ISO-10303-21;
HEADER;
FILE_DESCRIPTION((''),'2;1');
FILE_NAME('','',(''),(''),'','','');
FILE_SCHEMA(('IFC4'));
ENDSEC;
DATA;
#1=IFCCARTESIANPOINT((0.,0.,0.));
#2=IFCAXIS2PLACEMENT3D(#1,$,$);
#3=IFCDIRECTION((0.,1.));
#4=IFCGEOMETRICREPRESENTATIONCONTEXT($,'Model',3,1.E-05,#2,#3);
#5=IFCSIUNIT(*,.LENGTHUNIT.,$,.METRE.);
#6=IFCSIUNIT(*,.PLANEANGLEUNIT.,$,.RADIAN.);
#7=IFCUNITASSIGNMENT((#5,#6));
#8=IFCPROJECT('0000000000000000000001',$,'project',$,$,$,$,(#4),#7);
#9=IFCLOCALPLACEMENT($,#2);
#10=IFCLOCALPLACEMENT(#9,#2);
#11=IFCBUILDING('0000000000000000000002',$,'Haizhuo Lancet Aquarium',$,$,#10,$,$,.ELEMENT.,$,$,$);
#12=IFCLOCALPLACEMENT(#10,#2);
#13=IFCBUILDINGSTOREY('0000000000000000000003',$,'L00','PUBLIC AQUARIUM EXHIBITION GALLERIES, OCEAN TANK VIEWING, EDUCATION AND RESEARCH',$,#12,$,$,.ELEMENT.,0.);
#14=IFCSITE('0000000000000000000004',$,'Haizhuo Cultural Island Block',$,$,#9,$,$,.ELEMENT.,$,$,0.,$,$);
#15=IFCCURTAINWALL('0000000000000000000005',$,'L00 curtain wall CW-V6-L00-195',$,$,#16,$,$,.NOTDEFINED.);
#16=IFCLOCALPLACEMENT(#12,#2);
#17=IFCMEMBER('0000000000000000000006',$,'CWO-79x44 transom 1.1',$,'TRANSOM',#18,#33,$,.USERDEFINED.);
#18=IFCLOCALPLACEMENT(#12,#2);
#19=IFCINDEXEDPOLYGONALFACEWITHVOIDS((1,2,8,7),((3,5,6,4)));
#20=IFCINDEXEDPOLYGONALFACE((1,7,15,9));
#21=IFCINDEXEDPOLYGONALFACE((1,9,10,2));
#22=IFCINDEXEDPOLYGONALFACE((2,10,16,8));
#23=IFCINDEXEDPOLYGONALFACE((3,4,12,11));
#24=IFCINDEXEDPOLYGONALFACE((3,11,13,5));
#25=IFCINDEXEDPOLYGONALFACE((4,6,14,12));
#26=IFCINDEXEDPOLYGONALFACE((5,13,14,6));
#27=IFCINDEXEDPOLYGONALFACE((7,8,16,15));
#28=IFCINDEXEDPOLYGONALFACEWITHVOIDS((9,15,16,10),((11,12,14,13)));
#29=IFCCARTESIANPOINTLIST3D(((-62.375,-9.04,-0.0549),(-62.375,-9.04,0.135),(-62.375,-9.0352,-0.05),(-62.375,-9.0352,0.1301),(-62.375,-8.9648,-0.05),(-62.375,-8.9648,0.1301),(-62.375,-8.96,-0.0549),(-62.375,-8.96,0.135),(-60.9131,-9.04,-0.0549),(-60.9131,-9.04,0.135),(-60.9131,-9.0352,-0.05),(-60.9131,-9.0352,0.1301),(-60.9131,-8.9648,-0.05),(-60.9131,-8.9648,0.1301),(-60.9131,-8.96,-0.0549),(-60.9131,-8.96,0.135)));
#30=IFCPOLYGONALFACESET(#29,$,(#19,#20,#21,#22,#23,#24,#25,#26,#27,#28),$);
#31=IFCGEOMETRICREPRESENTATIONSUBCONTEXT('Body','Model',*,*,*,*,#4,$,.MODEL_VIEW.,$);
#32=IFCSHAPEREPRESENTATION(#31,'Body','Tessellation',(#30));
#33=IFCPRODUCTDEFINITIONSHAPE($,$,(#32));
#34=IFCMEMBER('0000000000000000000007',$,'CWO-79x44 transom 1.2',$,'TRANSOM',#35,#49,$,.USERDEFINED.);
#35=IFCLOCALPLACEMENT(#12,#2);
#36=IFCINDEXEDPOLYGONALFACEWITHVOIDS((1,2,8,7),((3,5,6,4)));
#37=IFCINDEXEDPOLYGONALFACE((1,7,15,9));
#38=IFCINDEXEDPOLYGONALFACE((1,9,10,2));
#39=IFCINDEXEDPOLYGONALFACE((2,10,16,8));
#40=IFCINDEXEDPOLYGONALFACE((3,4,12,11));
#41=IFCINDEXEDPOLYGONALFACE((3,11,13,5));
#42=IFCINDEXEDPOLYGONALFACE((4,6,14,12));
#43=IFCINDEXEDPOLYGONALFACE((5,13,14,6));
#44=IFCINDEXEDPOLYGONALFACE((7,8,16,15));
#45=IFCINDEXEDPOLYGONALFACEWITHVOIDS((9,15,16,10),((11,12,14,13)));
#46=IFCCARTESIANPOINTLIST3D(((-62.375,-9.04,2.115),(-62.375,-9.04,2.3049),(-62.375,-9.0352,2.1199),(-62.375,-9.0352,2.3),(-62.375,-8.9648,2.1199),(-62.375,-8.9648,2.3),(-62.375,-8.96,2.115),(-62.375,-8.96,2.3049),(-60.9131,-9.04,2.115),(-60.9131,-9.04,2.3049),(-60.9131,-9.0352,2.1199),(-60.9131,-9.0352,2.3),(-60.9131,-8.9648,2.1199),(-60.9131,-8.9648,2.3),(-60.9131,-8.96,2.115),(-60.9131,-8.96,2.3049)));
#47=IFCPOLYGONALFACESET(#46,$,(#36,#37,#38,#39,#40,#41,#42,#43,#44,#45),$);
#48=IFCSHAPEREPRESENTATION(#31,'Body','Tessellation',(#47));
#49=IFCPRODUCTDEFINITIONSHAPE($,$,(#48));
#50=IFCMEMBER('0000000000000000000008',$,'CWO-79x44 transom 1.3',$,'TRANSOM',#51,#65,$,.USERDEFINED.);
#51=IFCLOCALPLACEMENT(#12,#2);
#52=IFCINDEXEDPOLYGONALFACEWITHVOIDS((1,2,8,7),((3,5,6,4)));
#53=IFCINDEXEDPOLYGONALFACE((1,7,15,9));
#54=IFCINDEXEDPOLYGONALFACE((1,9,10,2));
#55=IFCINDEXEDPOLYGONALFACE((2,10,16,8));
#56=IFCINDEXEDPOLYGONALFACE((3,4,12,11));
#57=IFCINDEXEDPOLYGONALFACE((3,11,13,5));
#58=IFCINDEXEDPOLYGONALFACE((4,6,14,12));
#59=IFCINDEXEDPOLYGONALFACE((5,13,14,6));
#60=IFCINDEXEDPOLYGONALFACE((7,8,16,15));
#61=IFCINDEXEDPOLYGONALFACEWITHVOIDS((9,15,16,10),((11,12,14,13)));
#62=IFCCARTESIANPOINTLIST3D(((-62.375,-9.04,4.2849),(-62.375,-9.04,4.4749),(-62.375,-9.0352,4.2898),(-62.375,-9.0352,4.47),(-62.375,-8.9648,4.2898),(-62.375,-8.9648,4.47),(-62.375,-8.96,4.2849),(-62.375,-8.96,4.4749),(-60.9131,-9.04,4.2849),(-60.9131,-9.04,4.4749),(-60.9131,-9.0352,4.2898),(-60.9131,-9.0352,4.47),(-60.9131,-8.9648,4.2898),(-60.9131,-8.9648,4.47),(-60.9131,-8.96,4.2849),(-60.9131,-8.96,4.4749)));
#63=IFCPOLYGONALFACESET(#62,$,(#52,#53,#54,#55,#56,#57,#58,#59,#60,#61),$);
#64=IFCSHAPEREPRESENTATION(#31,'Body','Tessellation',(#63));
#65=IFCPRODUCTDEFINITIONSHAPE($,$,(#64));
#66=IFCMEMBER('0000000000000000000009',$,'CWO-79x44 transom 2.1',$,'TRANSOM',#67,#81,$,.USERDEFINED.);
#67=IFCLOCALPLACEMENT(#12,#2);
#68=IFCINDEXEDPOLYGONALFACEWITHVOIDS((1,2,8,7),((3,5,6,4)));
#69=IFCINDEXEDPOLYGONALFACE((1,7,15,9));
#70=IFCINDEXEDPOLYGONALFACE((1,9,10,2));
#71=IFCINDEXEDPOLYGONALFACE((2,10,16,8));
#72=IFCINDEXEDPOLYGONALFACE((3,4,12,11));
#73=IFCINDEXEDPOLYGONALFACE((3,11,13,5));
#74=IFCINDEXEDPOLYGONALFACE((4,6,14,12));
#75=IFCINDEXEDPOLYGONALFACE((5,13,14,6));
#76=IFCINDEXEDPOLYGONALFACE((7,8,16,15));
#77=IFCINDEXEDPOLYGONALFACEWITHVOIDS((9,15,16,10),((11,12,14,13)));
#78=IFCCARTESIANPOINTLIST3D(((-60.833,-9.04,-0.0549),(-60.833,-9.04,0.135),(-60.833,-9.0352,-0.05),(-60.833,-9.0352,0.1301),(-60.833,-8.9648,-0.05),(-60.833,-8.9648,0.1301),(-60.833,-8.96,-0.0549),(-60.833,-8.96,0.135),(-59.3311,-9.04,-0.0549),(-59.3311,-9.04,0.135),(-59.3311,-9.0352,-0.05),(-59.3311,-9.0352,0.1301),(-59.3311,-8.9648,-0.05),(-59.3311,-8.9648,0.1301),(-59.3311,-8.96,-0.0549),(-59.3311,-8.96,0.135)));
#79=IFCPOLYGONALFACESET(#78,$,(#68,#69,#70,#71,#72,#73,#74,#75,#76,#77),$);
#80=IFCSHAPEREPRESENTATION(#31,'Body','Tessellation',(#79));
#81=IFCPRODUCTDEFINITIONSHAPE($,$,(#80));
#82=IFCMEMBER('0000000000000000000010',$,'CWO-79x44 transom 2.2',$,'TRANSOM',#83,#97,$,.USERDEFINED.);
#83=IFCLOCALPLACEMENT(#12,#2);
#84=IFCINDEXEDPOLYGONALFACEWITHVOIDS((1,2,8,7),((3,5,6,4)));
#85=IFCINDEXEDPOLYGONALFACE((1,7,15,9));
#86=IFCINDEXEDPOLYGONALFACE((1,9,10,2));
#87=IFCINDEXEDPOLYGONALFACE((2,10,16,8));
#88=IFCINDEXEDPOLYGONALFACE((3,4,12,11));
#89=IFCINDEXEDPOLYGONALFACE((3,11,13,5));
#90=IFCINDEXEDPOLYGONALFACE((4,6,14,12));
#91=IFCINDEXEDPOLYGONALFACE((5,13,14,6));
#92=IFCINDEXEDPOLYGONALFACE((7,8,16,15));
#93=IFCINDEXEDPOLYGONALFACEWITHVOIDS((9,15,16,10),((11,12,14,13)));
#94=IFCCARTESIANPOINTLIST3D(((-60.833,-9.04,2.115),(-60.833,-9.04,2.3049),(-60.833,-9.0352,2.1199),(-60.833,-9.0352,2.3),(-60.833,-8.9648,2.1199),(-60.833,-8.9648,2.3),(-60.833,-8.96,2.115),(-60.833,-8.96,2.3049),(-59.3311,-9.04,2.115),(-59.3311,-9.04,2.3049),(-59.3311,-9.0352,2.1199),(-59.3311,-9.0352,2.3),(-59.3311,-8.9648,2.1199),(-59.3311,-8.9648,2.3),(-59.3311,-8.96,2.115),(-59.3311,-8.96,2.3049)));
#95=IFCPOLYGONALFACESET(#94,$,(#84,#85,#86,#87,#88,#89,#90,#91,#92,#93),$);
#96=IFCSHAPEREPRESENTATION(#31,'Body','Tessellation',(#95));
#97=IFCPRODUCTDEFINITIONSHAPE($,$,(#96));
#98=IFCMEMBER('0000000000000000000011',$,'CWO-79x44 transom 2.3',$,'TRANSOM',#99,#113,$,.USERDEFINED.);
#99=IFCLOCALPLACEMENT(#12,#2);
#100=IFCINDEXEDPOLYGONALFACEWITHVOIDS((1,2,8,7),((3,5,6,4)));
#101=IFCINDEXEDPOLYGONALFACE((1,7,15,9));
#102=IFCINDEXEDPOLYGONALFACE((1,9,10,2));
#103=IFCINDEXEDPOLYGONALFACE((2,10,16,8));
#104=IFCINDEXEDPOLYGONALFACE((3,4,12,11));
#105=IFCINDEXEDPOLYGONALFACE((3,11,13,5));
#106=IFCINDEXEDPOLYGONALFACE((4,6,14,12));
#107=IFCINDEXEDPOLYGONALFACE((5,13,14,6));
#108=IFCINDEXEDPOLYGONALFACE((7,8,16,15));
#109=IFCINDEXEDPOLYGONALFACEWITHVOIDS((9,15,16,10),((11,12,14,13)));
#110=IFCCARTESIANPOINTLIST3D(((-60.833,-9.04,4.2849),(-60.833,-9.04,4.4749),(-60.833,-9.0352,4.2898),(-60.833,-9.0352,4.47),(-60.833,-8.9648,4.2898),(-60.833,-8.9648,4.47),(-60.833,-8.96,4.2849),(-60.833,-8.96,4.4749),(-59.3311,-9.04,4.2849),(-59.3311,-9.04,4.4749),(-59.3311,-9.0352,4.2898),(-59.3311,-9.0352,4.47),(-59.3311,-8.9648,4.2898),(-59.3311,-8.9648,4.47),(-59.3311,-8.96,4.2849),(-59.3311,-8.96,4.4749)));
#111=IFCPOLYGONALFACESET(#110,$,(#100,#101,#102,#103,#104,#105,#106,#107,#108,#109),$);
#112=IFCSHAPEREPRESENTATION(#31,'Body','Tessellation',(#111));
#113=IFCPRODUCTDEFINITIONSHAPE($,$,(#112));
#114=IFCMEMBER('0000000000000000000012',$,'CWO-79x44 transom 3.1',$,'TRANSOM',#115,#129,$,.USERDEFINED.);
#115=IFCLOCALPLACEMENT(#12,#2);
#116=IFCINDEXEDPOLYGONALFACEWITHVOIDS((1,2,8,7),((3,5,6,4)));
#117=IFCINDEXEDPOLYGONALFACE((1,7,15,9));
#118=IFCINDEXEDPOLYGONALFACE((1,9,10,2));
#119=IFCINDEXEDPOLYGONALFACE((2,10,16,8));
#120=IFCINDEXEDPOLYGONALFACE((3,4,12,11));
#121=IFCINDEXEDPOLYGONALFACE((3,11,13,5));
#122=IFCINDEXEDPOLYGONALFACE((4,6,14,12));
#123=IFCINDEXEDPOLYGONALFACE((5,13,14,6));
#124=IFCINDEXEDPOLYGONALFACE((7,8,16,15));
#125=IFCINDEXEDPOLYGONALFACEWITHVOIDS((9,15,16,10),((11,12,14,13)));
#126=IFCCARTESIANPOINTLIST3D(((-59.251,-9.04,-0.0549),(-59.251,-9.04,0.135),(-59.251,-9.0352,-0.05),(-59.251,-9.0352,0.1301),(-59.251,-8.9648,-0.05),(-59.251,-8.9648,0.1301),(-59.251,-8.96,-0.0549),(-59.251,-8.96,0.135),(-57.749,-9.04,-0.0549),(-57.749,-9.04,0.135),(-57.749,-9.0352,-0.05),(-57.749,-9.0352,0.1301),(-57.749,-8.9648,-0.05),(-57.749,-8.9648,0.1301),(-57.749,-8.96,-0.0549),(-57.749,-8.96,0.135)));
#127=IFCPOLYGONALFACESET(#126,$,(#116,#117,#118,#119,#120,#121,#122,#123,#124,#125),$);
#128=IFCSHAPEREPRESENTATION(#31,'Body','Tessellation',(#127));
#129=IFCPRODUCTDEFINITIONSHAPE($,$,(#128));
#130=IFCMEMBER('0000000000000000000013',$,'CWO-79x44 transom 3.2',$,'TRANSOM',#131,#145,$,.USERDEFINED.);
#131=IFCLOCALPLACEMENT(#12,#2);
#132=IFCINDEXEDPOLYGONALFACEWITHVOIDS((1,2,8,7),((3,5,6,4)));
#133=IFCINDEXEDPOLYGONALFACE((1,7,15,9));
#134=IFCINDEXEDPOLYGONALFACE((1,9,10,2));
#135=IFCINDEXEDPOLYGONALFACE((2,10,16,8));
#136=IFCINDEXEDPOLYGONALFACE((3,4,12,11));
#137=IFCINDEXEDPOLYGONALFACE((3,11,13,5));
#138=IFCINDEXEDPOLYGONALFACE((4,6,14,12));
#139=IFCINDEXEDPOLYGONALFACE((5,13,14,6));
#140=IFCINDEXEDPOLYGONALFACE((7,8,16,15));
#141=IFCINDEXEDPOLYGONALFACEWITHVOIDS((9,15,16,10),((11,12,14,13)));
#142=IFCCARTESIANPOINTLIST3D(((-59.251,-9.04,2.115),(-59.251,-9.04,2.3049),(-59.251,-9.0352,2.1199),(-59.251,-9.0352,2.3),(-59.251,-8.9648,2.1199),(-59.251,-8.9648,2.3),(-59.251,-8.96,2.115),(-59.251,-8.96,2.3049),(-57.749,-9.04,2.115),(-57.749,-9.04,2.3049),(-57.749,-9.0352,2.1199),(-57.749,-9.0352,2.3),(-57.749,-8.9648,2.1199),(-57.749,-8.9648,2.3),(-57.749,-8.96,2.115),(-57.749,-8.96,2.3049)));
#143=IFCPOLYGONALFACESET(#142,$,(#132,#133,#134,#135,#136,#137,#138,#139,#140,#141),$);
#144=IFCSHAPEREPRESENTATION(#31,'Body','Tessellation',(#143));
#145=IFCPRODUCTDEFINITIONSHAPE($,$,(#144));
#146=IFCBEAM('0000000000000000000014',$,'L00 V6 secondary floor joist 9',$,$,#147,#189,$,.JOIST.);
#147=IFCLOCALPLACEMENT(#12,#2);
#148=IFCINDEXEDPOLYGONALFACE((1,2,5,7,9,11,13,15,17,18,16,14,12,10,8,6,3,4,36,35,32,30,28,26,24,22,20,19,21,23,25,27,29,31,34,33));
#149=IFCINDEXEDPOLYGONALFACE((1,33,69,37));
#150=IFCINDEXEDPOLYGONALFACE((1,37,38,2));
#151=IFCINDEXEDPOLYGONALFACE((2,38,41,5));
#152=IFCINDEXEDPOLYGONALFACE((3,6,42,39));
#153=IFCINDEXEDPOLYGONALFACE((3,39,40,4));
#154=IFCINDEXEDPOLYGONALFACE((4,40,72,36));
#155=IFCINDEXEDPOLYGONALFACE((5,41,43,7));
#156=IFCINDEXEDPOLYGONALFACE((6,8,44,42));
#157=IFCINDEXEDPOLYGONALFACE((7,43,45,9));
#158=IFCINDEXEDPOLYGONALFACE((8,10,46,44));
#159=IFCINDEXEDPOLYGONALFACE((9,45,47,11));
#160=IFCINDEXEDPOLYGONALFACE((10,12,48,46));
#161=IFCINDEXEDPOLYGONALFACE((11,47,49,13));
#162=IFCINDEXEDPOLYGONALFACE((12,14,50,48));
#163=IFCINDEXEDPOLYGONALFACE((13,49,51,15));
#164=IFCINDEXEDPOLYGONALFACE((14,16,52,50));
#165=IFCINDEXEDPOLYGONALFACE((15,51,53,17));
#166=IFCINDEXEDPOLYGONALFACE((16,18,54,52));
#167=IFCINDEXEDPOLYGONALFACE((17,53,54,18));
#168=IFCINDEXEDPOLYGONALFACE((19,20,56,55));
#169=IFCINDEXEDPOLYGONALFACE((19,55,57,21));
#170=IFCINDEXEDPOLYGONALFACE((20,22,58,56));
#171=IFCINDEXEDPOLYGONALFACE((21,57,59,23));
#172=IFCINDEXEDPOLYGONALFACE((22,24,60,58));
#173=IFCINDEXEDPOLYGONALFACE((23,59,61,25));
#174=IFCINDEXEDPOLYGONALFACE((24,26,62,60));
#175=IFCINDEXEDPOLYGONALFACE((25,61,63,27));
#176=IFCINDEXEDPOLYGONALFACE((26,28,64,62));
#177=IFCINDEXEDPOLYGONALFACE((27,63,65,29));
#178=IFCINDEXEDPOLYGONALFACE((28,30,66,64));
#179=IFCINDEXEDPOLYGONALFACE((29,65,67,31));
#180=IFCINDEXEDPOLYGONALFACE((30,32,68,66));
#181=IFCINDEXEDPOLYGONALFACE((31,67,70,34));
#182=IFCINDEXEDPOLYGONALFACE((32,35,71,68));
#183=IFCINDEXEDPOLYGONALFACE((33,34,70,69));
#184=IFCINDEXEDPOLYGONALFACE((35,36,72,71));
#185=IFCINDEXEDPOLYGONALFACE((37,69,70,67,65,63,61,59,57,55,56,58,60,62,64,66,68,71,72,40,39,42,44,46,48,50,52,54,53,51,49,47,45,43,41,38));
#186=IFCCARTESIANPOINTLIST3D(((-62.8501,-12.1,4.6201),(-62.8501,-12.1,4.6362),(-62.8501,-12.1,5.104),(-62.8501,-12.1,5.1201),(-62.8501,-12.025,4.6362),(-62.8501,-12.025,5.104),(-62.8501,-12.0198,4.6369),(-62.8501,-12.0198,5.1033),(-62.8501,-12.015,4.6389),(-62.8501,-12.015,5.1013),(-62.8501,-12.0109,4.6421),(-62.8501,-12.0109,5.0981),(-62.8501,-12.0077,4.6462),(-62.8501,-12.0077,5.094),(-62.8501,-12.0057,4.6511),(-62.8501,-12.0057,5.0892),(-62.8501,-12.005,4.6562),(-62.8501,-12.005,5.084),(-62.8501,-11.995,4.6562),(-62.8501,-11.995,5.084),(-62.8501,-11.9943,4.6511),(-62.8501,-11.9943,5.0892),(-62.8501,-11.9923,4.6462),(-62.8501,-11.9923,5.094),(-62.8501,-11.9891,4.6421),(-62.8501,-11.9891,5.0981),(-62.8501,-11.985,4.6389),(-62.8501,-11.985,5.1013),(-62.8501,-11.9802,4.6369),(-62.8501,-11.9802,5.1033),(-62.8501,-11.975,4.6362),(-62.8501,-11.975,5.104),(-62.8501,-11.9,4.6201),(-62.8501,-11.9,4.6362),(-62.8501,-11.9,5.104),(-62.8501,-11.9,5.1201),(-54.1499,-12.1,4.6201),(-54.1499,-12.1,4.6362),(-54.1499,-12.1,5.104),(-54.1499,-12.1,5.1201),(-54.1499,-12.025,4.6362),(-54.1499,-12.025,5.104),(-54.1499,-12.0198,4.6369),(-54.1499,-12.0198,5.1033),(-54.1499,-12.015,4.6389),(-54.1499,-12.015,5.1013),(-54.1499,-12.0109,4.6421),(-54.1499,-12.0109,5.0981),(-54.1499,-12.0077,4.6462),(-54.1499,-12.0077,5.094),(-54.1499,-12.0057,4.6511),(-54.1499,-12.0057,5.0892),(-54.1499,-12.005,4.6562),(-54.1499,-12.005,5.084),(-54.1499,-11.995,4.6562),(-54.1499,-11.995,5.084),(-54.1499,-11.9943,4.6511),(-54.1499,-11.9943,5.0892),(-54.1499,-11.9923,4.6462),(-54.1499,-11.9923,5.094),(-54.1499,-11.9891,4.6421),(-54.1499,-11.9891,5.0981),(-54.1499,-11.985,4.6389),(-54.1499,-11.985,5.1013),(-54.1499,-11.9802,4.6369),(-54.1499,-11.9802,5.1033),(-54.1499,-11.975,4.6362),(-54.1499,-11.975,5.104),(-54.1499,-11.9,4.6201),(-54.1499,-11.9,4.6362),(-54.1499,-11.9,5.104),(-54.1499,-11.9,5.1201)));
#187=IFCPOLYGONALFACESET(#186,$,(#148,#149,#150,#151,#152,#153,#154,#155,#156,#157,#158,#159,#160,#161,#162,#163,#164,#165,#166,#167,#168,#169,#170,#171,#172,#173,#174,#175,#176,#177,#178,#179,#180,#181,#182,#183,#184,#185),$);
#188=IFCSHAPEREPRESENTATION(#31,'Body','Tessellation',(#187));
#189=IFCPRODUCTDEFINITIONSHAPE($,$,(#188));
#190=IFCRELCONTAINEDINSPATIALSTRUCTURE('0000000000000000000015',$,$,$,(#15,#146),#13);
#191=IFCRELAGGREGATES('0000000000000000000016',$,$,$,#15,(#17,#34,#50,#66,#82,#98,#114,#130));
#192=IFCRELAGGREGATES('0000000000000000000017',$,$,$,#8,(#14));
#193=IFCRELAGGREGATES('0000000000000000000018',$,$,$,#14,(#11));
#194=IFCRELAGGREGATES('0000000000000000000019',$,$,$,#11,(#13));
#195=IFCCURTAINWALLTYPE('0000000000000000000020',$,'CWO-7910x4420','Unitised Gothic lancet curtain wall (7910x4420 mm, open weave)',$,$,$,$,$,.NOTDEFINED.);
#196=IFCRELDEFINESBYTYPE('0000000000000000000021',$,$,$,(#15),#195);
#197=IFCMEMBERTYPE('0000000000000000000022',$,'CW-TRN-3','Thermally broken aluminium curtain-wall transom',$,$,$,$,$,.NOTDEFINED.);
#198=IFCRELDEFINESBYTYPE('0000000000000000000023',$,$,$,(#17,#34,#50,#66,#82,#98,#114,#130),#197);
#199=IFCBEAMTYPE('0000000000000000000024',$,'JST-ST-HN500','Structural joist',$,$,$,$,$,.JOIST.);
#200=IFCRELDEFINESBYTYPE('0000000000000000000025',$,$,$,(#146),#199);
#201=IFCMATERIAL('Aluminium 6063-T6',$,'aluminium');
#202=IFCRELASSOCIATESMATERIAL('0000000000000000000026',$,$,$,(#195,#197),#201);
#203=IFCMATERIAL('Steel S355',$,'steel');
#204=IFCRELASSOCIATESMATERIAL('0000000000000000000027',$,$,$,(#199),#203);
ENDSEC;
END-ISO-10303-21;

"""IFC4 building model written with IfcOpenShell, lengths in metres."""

from ifc_helpers import new_model, si_unit, direction, frame, origin, origin_2d, place, context, subcontext, project, spatial, hollow_rectangle, i_section, extrude, material, material_profile, profile_set, type_object, element, aggregate, save


model = new_model("IFC4")

# Units and contexts
model_context = context("Model", 3, precision=1e-05, world=origin(), true_north=direction((0.0, 1.0)))
body_context = subcontext(model_context, "Body", "Model", "MODEL_VIEW")
ifc_project = project(units=[si_unit("LENGTHUNIT", "METRE"), si_unit("PLANEANGLEUNIT", "RADIAN")], contexts=[model_context])

# Site, building, storey
site_placement = place(None, origin())
site = spatial("IfcSite", under=ifc_project, at=site_placement, Name="Haizhuo Cultural Island Block", CompositionType="ELEMENT", RefElevation=0.0)
building_placement = place(site_placement, origin())
building = spatial("IfcBuilding", under=site, at=building_placement, Name="Haizhuo Lancet Aquarium", CompositionType="ELEMENT")
storey_placement = place(building_placement, origin())
storey = spatial("IfcBuildingStorey", under=building, at=storey_placement, Name="L00", Description="PUBLIC AQUARIUM EXHIBITION GALLERIES, OCEAN TANK VIEWING, EDUCATION AND RESEARCH", CompositionType="ELEMENT", Elevation=0.0)

# Shared definitions
ifc_material_1 = material(Name="Steel S355", Category="steel")

# Curtain wall, members
ifc_material_2 = material(Name="Aluminium 6063-T6", Category="aluminium")
curtain_wall_type = type_object("IfcCurtainWallType", Name="CWO-7910x4420", Description="Unitised Gothic lancet curtain wall (7910x4420 mm, open weave)", PredefinedType="NOTDEFINED", material=ifc_material_2)
curtain_wall_placement = place(storey_placement, origin())
curtain_wall = element("IfcCurtainWall", 1, at=curtain_wall_placement, inside=storey, type_object=curtain_wall_type, Name="L00 curtain wall CW-V6-L00-195", PredefinedType="NOTDEFINED")
ifc_material_profile_1 = material_profile(ifc_material_2, hollow_rectangle(XDim=0.0801, YDim=0.1899, WallThickness=0.0049, at=origin_2d()), Name="ALU-T 80x190x5")
ifc_profile_set_1 = profile_set([ifc_material_profile_1], Name="Aluminium 6063-T6")
member_type_1 = type_object("IfcMemberType", Name="CW-TRN-3", Description="Thermally broken aluminium curtain-wall transom", PredefinedType="NOTDEFINED", material=ifc_profile_set_1)
member_1_placement = place(storey_placement, frame((-62.375, -9.0, 0.04), z_axis=(1.0, 0.0, 0.0), x_axis=(0.0, 1.0, 0.0)))
member_1 = element("IfcMember", 2, at=member_1_placement, type_object=member_type_1, Name="CWO-79x44 transom 1.1", ObjectType="TRANSOM", PredefinedType="USERDEFINED", context=body_context, shape_type="SweptSolid", body=[
    extrude(hollow_rectangle(XDim=0.0801, YDim=0.1899, WallThickness=0.0049, at=origin_2d()), origin(), (0.0, 0.0, 1.0), 1.4619),
])
member_2_placement = place(storey_placement, frame((-62.375, -9.0, 2.21), z_axis=(1.0, 0.0, 0.0), x_axis=(0.0, 1.0, 0.0)))
member_2 = element("IfcMember", 3, at=member_2_placement, type_object=member_type_1, Name="CWO-79x44 transom 1.2", ObjectType="TRANSOM", PredefinedType="USERDEFINED", context=body_context, shape_type="SweptSolid", body=[
    extrude(hollow_rectangle(XDim=0.0801, YDim=0.1899, WallThickness=0.0049, at=origin_2d()), origin(), (0.0, 0.0, 1.0), 1.4619),
])
member_3_placement = place(storey_placement, frame((-62.375, -9.0, 4.3799), z_axis=(1.0, 0.0, 0.0), x_axis=(0.0, 1.0, 0.0)))
member_3 = element("IfcMember", 4, at=member_3_placement, type_object=member_type_1, Name="CWO-79x44 transom 1.3", ObjectType="TRANSOM", PredefinedType="USERDEFINED", context=body_context, shape_type="SweptSolid", body=[
    extrude(hollow_rectangle(XDim=0.0801, YDim=0.1899, WallThickness=0.0049, at=origin_2d()), origin(), (0.0, 0.0, 1.0), 1.4619),
])
member_4_placement = place(storey_placement, frame((-60.833, -9.0, 0.04), z_axis=(1.0, 0.0, 0.0), x_axis=(0.0, 1.0, 0.0)))
member_4 = element("IfcMember", 5, at=member_4_placement, type_object=member_type_1, Name="CWO-79x44 transom 2.1", ObjectType="TRANSOM", PredefinedType="USERDEFINED", context=body_context, shape_type="SweptSolid", body=[
    extrude(hollow_rectangle(XDim=0.0801, YDim=0.1899, WallThickness=0.0049, at=origin_2d()), origin(), (0.0, 0.0, 1.0), 1.502),
])
member_5_placement = place(storey_placement, frame((-60.833, -9.0, 2.21), z_axis=(1.0, 0.0, 0.0), x_axis=(0.0, 1.0, 0.0)))
member_5 = element("IfcMember", 6, at=member_5_placement, type_object=member_type_1, Name="CWO-79x44 transom 2.2", ObjectType="TRANSOM", PredefinedType="USERDEFINED", context=body_context, shape_type="SweptSolid", body=[
    extrude(hollow_rectangle(XDim=0.0801, YDim=0.1899, WallThickness=0.0049, at=origin_2d()), origin(), (0.0, 0.0, 1.0), 1.502),
])
member_6_placement = place(storey_placement, frame((-60.833, -9.0, 4.3799), z_axis=(1.0, 0.0, 0.0), x_axis=(0.0, 1.0, 0.0)))
member_6 = element("IfcMember", 7, at=member_6_placement, type_object=member_type_1, Name="CWO-79x44 transom 2.3", ObjectType="TRANSOM", PredefinedType="USERDEFINED", context=body_context, shape_type="SweptSolid", body=[
    extrude(hollow_rectangle(XDim=0.0801, YDim=0.1899, WallThickness=0.0049, at=origin_2d()), origin(), (0.0, 0.0, 1.0), 1.502),
])
member_7_placement = place(storey_placement, frame((-59.251, -9.0, 0.04), z_axis=(1.0, 0.0, 0.0), x_axis=(0.0, 1.0, 0.0)))
member_7 = element("IfcMember", 8, at=member_7_placement, type_object=member_type_1, Name="CWO-79x44 transom 3.1", ObjectType="TRANSOM", PredefinedType="USERDEFINED", context=body_context, shape_type="SweptSolid", body=[
    extrude(hollow_rectangle(XDim=0.0801, YDim=0.1899, WallThickness=0.0049, at=origin_2d()), origin(), (0.0, 0.0, 1.0), 1.502),
])
member_8_placement = place(storey_placement, frame((-59.251, -9.0, 2.21), z_axis=(1.0, 0.0, 0.0), x_axis=(0.0, 1.0, 0.0)))
member_8 = element("IfcMember", 9, at=member_8_placement, type_object=member_type_1, Name="CWO-79x44 transom 3.2", ObjectType="TRANSOM", PredefinedType="USERDEFINED", context=body_context, shape_type="SweptSolid", body=[
    extrude(hollow_rectangle(XDim=0.0801, YDim=0.1899, WallThickness=0.0049, at=origin_2d()), origin(), (0.0, 0.0, 1.0), 1.502),
])

# Beam
ifc_material_profile_2 = material_profile(ifc_material_1, i_section(OverallWidth=0.2, OverallDepth=0.5, WebThickness=0.01, FlangeThickness=0.0161, FilletRadius=0.02, at=origin_2d()), Name="HN 500x200x10x16")
ifc_profile_set_2 = profile_set([ifc_material_profile_2], Name="Steel S355")
beam_type_1 = type_object("IfcBeamType", Name="JST-ST-HN500", Description="Structural joist", PredefinedType="JOIST", material=ifc_profile_set_2)
beam_1_placement = place(storey_placement, frame((-62.8501, -12.0, 4.8701), z_axis=(1.0, 0.0, 0.0), x_axis=(0.0, 1.0, 0.0)))
element("IfcBeam", 10, at=beam_1_placement, inside=storey, type_object=beam_type_1, Name="L00 V6 secondary floor joist 9", PredefinedType="JOIST", context=body_context, shape_type="SweptSolid", body=[
    extrude(i_section(OverallWidth=0.2, OverallDepth=0.5, WebThickness=0.01, FlangeThickness=0.0161, FilletRadius=0.02, at=origin_2d()), origin(), (0.0, 0.0, 1.0), 8.7002),
])

aggregate(curtain_wall, [member_1, member_2, member_3, member_4, member_5, member_6, member_7, member_8])

save(model, "model.ifc")
